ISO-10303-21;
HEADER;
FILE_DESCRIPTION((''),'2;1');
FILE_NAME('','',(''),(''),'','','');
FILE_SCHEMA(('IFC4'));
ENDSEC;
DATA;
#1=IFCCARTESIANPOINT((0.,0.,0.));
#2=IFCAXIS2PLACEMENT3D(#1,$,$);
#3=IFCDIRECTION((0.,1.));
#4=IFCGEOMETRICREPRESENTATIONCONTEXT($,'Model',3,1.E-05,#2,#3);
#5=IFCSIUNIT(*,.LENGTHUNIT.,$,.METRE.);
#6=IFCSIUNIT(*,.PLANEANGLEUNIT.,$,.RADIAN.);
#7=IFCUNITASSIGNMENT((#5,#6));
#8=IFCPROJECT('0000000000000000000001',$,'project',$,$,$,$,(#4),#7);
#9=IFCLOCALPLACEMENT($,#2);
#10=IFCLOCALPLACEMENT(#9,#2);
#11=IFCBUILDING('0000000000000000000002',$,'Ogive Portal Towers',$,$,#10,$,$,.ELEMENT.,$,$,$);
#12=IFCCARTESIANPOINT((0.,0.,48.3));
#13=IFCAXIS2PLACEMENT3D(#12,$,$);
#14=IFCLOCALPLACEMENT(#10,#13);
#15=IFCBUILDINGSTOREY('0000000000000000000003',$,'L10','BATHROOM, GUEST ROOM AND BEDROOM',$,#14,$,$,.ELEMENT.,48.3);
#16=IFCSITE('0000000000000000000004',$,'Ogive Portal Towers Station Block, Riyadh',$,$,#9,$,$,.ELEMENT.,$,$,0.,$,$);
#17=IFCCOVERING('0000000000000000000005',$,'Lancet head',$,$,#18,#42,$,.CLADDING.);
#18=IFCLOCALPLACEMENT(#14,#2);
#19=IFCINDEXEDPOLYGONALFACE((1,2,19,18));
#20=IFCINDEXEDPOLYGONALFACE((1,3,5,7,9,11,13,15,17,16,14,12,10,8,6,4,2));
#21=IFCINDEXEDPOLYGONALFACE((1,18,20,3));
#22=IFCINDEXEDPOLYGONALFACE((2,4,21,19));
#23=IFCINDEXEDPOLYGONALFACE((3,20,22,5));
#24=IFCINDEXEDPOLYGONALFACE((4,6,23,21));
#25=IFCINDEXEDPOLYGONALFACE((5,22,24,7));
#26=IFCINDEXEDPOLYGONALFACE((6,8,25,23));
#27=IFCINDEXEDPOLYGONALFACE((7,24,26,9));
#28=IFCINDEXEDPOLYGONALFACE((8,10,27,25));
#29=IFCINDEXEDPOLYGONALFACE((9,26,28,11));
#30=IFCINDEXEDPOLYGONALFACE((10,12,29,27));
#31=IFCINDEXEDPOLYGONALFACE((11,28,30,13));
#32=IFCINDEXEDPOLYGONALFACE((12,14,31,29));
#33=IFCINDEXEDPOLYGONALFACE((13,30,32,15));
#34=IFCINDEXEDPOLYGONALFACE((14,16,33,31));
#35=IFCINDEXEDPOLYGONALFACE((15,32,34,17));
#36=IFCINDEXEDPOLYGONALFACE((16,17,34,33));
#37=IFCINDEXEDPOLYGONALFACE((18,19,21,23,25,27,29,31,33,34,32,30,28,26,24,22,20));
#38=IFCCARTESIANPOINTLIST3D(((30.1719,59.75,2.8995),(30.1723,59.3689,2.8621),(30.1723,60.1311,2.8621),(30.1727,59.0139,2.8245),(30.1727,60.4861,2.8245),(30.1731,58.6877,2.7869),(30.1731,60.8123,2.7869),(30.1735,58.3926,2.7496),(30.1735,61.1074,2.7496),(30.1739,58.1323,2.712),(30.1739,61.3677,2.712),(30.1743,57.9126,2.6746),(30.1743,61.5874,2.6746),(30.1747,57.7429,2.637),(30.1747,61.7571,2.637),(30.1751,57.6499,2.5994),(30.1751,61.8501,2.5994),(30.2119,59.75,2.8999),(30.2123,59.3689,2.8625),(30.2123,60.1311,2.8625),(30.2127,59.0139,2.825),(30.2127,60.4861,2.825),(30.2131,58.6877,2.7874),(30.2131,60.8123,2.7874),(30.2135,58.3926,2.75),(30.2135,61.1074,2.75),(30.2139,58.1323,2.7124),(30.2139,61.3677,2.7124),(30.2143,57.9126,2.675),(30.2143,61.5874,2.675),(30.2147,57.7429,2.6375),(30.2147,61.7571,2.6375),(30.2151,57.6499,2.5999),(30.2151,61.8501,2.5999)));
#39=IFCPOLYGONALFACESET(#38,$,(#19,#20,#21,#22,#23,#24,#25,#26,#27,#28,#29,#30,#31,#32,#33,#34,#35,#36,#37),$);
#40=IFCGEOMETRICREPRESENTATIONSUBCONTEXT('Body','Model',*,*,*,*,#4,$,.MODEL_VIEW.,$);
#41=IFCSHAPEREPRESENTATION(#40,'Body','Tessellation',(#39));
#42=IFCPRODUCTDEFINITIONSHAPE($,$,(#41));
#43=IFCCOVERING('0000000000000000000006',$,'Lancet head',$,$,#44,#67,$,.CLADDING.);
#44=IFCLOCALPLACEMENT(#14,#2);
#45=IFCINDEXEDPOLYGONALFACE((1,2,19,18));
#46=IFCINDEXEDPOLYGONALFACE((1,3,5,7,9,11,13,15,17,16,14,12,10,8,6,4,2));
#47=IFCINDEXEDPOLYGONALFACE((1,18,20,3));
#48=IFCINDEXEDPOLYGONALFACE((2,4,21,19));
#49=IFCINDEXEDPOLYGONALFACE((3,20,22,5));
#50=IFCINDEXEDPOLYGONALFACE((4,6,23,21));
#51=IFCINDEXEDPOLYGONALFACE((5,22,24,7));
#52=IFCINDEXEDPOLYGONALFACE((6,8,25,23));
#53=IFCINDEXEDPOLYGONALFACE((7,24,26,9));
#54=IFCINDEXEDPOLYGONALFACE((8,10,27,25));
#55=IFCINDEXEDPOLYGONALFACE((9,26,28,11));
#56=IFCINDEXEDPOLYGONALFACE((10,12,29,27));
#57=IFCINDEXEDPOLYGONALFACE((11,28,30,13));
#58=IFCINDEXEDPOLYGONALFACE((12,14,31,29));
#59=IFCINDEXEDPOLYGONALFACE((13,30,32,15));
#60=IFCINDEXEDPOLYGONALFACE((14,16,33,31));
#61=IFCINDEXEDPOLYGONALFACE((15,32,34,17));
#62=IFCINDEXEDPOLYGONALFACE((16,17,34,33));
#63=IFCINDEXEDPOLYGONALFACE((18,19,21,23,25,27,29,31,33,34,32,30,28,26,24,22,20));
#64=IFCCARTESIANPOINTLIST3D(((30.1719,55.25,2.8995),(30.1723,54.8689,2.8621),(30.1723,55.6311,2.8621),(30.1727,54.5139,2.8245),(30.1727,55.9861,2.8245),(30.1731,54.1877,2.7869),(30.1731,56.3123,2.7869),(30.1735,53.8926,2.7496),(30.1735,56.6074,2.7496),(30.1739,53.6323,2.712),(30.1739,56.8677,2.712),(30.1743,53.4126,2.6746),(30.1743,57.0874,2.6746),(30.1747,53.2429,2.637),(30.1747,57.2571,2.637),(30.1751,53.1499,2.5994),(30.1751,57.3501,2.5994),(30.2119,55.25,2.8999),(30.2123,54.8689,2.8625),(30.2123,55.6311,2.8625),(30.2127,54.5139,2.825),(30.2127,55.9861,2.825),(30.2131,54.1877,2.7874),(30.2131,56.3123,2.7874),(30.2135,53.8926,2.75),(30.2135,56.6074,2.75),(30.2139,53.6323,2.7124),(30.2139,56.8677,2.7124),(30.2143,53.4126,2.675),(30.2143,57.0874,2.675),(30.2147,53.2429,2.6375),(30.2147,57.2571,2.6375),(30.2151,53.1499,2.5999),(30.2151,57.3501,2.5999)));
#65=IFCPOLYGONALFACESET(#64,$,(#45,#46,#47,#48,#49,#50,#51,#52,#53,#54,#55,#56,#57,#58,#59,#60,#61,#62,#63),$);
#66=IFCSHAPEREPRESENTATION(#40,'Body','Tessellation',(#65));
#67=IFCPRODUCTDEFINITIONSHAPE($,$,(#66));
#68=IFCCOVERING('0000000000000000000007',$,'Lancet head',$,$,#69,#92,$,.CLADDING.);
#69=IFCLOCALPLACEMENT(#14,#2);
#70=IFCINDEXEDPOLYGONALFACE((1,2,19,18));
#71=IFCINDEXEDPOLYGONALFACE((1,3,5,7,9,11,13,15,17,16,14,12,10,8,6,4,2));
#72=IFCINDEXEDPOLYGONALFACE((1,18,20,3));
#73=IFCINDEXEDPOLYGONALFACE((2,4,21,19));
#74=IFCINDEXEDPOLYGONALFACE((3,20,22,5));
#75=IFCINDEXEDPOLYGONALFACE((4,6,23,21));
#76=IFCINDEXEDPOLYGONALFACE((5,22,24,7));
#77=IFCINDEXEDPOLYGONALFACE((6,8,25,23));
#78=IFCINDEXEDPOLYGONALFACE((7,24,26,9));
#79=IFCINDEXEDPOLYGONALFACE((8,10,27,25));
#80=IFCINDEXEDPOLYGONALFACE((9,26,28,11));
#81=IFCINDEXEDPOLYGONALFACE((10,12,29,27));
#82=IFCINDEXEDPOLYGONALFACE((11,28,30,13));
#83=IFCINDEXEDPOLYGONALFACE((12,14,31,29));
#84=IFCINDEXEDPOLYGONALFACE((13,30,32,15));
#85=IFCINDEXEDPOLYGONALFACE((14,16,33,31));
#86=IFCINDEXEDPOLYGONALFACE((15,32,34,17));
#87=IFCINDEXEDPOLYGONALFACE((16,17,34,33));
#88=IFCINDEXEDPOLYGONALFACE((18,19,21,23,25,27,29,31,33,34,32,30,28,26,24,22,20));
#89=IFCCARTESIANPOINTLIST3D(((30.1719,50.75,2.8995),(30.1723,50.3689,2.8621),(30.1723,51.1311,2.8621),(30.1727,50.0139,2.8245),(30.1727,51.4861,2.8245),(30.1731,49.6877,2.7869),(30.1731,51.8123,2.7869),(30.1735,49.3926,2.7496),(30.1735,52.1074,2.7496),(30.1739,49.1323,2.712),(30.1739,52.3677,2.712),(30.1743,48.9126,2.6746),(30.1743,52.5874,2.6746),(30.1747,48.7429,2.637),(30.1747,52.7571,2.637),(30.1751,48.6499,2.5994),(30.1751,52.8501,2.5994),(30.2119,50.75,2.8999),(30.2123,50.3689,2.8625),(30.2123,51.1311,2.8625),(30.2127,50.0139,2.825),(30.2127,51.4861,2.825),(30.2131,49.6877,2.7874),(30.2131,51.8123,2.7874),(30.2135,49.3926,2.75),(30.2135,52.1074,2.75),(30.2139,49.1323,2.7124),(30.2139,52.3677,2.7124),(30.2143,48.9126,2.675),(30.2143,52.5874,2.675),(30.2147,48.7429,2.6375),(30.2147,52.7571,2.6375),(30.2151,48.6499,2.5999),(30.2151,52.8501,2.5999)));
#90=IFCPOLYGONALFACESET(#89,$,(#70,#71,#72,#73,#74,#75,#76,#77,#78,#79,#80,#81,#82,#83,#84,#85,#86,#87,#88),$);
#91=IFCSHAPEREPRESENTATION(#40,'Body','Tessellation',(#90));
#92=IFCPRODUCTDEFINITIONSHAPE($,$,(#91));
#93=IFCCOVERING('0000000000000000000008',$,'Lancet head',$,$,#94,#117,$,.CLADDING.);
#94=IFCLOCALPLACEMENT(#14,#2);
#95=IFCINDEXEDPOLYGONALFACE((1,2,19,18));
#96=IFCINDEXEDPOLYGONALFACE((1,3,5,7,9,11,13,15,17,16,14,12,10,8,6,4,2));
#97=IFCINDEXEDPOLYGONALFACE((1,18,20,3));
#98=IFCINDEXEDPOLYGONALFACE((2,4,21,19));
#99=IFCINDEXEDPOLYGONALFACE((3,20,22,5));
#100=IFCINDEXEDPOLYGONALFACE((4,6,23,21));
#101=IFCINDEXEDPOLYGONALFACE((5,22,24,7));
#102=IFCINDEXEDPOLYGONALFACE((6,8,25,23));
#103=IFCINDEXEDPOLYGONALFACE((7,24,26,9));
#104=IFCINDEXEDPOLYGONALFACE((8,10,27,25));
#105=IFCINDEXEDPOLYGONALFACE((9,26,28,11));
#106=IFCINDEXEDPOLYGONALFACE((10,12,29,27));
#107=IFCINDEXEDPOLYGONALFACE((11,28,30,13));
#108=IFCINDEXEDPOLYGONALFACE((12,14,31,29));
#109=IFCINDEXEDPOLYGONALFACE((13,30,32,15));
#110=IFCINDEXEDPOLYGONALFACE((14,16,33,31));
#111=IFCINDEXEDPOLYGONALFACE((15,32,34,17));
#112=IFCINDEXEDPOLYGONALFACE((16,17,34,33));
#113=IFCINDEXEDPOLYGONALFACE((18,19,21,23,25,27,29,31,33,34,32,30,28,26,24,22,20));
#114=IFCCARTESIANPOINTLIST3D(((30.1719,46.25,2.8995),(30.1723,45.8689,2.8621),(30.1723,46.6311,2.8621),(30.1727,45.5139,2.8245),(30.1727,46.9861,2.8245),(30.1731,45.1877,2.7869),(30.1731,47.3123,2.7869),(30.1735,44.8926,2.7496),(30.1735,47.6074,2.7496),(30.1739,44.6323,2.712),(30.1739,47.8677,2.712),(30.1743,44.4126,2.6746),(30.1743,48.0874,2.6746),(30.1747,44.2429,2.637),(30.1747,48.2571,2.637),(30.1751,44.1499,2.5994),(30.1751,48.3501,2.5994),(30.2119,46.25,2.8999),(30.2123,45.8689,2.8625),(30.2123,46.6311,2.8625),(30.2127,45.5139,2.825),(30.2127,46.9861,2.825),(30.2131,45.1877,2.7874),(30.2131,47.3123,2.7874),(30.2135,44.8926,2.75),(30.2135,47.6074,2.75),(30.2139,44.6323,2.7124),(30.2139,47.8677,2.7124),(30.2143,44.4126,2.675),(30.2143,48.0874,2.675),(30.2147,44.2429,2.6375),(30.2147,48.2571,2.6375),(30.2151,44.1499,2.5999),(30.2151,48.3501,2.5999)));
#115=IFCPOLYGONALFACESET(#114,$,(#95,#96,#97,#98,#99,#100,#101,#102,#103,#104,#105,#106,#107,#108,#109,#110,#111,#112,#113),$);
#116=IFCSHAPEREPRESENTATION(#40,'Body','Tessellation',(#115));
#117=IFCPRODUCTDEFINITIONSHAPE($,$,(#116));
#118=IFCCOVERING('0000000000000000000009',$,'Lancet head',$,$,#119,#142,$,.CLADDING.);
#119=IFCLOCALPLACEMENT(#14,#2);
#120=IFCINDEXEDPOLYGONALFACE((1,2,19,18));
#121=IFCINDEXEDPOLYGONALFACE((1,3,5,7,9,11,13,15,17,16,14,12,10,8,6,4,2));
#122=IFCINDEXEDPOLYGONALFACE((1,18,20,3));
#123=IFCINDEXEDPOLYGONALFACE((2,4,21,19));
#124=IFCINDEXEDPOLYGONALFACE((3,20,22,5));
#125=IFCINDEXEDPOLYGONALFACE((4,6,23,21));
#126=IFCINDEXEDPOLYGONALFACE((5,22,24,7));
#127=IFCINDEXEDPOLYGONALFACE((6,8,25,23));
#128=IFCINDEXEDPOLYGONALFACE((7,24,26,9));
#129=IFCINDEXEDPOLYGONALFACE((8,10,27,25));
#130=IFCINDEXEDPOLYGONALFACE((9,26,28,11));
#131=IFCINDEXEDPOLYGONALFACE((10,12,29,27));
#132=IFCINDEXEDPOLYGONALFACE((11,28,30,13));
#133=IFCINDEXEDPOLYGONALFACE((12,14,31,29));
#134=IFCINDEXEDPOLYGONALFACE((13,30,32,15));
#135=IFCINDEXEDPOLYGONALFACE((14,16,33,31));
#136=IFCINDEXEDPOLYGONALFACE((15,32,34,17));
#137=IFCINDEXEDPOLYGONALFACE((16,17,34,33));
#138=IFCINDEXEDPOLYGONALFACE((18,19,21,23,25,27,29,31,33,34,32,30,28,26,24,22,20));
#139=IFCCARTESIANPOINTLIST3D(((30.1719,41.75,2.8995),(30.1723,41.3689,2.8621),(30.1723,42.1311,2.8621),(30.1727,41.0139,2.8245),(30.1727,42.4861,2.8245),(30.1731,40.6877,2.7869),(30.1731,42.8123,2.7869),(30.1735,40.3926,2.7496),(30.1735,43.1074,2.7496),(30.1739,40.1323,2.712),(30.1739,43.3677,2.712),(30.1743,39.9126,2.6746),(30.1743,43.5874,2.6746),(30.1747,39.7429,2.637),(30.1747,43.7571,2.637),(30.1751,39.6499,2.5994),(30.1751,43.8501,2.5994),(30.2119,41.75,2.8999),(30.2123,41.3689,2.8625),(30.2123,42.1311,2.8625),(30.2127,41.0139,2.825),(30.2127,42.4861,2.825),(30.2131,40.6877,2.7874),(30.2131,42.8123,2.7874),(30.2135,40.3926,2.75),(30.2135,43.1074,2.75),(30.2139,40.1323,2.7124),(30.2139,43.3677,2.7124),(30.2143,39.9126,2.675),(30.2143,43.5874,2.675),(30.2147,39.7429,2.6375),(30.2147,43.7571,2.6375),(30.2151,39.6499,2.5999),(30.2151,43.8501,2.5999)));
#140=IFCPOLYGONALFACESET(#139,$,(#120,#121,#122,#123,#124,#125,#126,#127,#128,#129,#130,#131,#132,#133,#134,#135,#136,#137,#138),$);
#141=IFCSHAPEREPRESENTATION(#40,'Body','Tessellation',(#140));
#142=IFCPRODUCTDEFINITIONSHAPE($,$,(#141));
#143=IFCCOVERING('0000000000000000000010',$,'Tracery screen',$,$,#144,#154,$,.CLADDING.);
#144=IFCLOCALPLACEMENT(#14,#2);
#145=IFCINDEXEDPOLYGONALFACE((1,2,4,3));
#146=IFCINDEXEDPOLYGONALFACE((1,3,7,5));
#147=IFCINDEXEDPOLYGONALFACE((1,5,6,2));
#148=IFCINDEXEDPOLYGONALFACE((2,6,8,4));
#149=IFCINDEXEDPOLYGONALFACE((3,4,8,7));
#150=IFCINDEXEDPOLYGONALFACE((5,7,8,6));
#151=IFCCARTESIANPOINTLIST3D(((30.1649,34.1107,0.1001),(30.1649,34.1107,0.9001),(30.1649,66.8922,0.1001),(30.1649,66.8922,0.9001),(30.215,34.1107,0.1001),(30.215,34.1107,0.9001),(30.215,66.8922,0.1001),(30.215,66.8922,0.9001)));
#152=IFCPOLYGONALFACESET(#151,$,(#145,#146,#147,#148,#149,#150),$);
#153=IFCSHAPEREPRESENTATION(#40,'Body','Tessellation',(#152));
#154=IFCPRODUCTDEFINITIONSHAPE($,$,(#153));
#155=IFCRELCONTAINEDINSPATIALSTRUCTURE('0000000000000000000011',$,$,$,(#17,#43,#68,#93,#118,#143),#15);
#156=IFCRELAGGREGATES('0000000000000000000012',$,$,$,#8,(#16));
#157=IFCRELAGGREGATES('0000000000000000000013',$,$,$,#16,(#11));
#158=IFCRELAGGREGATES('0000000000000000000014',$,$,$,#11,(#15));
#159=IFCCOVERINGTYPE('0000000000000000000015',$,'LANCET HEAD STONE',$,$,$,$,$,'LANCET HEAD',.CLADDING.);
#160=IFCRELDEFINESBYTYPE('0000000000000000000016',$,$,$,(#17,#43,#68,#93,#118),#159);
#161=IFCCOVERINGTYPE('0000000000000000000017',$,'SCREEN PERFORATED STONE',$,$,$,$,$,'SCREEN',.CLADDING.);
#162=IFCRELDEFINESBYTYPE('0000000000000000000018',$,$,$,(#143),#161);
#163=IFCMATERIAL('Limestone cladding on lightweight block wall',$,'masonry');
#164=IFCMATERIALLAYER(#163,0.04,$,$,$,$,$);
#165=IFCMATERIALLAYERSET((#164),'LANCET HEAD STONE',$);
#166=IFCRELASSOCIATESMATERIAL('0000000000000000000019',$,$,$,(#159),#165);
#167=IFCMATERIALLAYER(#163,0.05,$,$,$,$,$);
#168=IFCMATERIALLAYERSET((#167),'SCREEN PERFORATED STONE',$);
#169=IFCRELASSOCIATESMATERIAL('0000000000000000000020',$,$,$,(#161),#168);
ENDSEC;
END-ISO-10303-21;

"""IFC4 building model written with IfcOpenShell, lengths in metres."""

from ifc_helpers import new_model, si_unit, direction, frame, origin, origin_2d, place, context, subcontext, project, spatial, polyline, rectangle, outline, extrude, material, layer, layer_set, type_object, element, save


model = new_model("IFC4")

# Units and contexts
model_context = context("Model", 3, precision=1e-05, world=origin(), true_north=direction((0.0, 1.0)))
body_context = subcontext(model_context, "Body", "Model", "MODEL_VIEW")
ifc_project = project(units=[si_unit("LENGTHUNIT", "METRE"), si_unit("PLANEANGLEUNIT", "RADIAN")], contexts=[model_context])

# Site, building, storey
site_placement = place(None, origin())
site = spatial("IfcSite", under=ifc_project, at=site_placement, Name="Ogive Portal Towers Station Block, Riyadh", CompositionType="ELEMENT", RefElevation=0.0)
building_placement = place(site_placement, origin())
building = spatial("IfcBuilding", under=site, at=building_placement, Name="Ogive Portal Towers", CompositionType="ELEMENT")
storey_placement = place(building_placement, frame((0.0, 0.0, 48.3)))
storey = spatial("IfcBuildingStorey", under=building, at=storey_placement, Name="L10", Description="BATHROOM, GUEST ROOM AND BEDROOM", CompositionType="ELEMENT", Elevation=48.3)

# Coverings
ifc_material_1 = material(Name="Limestone cladding on lightweight block wall", Category="masonry")
ifc_layer_1 = layer(ifc_material_1, 0.04)
ifc_layer_set_1 = layer_set([ifc_layer_1], Name="LANCET HEAD STONE")
covering_type_1 = type_object("IfcCoveringType", Name="LANCET HEAD STONE", ElementType="LANCET HEAD", PredefinedType="CLADDING", material=ifc_layer_set_1)
for number, where, z_axis, x_axis, name in (
    (1, (30.2151, 61.8501, 2.5999), (0.999944, 0.0, 0.010623), (0.0, -1.0, 0.0), "Lancet head"),
    (2, (30.2151, 57.3501, 2.5999), (0.999944, 0.0, 0.010623), (0.0, -1.0, 0.0), "Lancet head"),
    (3, (30.2151, 52.8501, 2.5999), (0.999944, 0.0, 0.010623), (0.0, -1.0, 0.0), "Lancet head"),
    (4, (30.2151, 48.3501, 2.5999), (0.999944, 0.0, 0.010623), (0.0, -1.0, 0.0), "Lancet head"),
    (5, (30.2151, 43.8501, 2.5999), (0.999944, 0.0, 0.010623), (0.0, -1.0, 0.0), "Lancet head"),
):
    element("IfcCovering", number, at=place(storey_placement, frame(where, z_axis=z_axis, x_axis=x_axis)), inside=storey, type_object=covering_type_1, Name=name, PredefinedType="CLADDING", context=body_context, shape_type="SweptSolid", body=[
        extrude(outline(polyline([(0.0, 0.0), (4.2002, 0.0), (4.1072, -0.0376), (3.9375, -0.0752), (3.7178, -0.1126), (3.4575, -0.1502), (3.1624, -0.1875), (2.8362, -0.2251), (2.4812, -0.2627), (2.1001, -0.3001), (1.719, -0.2627), (1.364, -0.2251), (1.0378, -0.1875), (0.7427, -0.1502), (0.4824, -0.1126), (0.2627, -0.0752), (0.093, -0.0376), (0.0, 0.0)])), origin(), (0.0, 0.0, -1.0), 0.04),
    ])
ifc_layer_2 = layer(ifc_material_1, 0.05)
ifc_layer_set_2 = layer_set([ifc_layer_2], Name="SCREEN PERFORATED STONE")
covering_type_2 = type_object("IfcCoveringType", Name="SCREEN PERFORATED STONE", ElementType="SCREEN", PredefinedType="CLADDING", material=ifc_layer_set_2)
covering_placement = place(storey_placement, frame((30.1899, 50.5015, 0.1001), z_axis=(0.0, 0.0, 1.0), x_axis=(0.0, -1.0, 0.0)))
element("IfcCovering", 6, at=covering_placement, inside=storey, type_object=covering_type_2, Name="Tracery screen", PredefinedType="CLADDING", context=body_context, shape_type="SweptSolid", body=[
    extrude(rectangle(XDim=32.7815, YDim=0.05, at=origin_2d()), origin(), (0.0, 0.0, 1.0), 0.8),
])

save(model, "model.ifc")
